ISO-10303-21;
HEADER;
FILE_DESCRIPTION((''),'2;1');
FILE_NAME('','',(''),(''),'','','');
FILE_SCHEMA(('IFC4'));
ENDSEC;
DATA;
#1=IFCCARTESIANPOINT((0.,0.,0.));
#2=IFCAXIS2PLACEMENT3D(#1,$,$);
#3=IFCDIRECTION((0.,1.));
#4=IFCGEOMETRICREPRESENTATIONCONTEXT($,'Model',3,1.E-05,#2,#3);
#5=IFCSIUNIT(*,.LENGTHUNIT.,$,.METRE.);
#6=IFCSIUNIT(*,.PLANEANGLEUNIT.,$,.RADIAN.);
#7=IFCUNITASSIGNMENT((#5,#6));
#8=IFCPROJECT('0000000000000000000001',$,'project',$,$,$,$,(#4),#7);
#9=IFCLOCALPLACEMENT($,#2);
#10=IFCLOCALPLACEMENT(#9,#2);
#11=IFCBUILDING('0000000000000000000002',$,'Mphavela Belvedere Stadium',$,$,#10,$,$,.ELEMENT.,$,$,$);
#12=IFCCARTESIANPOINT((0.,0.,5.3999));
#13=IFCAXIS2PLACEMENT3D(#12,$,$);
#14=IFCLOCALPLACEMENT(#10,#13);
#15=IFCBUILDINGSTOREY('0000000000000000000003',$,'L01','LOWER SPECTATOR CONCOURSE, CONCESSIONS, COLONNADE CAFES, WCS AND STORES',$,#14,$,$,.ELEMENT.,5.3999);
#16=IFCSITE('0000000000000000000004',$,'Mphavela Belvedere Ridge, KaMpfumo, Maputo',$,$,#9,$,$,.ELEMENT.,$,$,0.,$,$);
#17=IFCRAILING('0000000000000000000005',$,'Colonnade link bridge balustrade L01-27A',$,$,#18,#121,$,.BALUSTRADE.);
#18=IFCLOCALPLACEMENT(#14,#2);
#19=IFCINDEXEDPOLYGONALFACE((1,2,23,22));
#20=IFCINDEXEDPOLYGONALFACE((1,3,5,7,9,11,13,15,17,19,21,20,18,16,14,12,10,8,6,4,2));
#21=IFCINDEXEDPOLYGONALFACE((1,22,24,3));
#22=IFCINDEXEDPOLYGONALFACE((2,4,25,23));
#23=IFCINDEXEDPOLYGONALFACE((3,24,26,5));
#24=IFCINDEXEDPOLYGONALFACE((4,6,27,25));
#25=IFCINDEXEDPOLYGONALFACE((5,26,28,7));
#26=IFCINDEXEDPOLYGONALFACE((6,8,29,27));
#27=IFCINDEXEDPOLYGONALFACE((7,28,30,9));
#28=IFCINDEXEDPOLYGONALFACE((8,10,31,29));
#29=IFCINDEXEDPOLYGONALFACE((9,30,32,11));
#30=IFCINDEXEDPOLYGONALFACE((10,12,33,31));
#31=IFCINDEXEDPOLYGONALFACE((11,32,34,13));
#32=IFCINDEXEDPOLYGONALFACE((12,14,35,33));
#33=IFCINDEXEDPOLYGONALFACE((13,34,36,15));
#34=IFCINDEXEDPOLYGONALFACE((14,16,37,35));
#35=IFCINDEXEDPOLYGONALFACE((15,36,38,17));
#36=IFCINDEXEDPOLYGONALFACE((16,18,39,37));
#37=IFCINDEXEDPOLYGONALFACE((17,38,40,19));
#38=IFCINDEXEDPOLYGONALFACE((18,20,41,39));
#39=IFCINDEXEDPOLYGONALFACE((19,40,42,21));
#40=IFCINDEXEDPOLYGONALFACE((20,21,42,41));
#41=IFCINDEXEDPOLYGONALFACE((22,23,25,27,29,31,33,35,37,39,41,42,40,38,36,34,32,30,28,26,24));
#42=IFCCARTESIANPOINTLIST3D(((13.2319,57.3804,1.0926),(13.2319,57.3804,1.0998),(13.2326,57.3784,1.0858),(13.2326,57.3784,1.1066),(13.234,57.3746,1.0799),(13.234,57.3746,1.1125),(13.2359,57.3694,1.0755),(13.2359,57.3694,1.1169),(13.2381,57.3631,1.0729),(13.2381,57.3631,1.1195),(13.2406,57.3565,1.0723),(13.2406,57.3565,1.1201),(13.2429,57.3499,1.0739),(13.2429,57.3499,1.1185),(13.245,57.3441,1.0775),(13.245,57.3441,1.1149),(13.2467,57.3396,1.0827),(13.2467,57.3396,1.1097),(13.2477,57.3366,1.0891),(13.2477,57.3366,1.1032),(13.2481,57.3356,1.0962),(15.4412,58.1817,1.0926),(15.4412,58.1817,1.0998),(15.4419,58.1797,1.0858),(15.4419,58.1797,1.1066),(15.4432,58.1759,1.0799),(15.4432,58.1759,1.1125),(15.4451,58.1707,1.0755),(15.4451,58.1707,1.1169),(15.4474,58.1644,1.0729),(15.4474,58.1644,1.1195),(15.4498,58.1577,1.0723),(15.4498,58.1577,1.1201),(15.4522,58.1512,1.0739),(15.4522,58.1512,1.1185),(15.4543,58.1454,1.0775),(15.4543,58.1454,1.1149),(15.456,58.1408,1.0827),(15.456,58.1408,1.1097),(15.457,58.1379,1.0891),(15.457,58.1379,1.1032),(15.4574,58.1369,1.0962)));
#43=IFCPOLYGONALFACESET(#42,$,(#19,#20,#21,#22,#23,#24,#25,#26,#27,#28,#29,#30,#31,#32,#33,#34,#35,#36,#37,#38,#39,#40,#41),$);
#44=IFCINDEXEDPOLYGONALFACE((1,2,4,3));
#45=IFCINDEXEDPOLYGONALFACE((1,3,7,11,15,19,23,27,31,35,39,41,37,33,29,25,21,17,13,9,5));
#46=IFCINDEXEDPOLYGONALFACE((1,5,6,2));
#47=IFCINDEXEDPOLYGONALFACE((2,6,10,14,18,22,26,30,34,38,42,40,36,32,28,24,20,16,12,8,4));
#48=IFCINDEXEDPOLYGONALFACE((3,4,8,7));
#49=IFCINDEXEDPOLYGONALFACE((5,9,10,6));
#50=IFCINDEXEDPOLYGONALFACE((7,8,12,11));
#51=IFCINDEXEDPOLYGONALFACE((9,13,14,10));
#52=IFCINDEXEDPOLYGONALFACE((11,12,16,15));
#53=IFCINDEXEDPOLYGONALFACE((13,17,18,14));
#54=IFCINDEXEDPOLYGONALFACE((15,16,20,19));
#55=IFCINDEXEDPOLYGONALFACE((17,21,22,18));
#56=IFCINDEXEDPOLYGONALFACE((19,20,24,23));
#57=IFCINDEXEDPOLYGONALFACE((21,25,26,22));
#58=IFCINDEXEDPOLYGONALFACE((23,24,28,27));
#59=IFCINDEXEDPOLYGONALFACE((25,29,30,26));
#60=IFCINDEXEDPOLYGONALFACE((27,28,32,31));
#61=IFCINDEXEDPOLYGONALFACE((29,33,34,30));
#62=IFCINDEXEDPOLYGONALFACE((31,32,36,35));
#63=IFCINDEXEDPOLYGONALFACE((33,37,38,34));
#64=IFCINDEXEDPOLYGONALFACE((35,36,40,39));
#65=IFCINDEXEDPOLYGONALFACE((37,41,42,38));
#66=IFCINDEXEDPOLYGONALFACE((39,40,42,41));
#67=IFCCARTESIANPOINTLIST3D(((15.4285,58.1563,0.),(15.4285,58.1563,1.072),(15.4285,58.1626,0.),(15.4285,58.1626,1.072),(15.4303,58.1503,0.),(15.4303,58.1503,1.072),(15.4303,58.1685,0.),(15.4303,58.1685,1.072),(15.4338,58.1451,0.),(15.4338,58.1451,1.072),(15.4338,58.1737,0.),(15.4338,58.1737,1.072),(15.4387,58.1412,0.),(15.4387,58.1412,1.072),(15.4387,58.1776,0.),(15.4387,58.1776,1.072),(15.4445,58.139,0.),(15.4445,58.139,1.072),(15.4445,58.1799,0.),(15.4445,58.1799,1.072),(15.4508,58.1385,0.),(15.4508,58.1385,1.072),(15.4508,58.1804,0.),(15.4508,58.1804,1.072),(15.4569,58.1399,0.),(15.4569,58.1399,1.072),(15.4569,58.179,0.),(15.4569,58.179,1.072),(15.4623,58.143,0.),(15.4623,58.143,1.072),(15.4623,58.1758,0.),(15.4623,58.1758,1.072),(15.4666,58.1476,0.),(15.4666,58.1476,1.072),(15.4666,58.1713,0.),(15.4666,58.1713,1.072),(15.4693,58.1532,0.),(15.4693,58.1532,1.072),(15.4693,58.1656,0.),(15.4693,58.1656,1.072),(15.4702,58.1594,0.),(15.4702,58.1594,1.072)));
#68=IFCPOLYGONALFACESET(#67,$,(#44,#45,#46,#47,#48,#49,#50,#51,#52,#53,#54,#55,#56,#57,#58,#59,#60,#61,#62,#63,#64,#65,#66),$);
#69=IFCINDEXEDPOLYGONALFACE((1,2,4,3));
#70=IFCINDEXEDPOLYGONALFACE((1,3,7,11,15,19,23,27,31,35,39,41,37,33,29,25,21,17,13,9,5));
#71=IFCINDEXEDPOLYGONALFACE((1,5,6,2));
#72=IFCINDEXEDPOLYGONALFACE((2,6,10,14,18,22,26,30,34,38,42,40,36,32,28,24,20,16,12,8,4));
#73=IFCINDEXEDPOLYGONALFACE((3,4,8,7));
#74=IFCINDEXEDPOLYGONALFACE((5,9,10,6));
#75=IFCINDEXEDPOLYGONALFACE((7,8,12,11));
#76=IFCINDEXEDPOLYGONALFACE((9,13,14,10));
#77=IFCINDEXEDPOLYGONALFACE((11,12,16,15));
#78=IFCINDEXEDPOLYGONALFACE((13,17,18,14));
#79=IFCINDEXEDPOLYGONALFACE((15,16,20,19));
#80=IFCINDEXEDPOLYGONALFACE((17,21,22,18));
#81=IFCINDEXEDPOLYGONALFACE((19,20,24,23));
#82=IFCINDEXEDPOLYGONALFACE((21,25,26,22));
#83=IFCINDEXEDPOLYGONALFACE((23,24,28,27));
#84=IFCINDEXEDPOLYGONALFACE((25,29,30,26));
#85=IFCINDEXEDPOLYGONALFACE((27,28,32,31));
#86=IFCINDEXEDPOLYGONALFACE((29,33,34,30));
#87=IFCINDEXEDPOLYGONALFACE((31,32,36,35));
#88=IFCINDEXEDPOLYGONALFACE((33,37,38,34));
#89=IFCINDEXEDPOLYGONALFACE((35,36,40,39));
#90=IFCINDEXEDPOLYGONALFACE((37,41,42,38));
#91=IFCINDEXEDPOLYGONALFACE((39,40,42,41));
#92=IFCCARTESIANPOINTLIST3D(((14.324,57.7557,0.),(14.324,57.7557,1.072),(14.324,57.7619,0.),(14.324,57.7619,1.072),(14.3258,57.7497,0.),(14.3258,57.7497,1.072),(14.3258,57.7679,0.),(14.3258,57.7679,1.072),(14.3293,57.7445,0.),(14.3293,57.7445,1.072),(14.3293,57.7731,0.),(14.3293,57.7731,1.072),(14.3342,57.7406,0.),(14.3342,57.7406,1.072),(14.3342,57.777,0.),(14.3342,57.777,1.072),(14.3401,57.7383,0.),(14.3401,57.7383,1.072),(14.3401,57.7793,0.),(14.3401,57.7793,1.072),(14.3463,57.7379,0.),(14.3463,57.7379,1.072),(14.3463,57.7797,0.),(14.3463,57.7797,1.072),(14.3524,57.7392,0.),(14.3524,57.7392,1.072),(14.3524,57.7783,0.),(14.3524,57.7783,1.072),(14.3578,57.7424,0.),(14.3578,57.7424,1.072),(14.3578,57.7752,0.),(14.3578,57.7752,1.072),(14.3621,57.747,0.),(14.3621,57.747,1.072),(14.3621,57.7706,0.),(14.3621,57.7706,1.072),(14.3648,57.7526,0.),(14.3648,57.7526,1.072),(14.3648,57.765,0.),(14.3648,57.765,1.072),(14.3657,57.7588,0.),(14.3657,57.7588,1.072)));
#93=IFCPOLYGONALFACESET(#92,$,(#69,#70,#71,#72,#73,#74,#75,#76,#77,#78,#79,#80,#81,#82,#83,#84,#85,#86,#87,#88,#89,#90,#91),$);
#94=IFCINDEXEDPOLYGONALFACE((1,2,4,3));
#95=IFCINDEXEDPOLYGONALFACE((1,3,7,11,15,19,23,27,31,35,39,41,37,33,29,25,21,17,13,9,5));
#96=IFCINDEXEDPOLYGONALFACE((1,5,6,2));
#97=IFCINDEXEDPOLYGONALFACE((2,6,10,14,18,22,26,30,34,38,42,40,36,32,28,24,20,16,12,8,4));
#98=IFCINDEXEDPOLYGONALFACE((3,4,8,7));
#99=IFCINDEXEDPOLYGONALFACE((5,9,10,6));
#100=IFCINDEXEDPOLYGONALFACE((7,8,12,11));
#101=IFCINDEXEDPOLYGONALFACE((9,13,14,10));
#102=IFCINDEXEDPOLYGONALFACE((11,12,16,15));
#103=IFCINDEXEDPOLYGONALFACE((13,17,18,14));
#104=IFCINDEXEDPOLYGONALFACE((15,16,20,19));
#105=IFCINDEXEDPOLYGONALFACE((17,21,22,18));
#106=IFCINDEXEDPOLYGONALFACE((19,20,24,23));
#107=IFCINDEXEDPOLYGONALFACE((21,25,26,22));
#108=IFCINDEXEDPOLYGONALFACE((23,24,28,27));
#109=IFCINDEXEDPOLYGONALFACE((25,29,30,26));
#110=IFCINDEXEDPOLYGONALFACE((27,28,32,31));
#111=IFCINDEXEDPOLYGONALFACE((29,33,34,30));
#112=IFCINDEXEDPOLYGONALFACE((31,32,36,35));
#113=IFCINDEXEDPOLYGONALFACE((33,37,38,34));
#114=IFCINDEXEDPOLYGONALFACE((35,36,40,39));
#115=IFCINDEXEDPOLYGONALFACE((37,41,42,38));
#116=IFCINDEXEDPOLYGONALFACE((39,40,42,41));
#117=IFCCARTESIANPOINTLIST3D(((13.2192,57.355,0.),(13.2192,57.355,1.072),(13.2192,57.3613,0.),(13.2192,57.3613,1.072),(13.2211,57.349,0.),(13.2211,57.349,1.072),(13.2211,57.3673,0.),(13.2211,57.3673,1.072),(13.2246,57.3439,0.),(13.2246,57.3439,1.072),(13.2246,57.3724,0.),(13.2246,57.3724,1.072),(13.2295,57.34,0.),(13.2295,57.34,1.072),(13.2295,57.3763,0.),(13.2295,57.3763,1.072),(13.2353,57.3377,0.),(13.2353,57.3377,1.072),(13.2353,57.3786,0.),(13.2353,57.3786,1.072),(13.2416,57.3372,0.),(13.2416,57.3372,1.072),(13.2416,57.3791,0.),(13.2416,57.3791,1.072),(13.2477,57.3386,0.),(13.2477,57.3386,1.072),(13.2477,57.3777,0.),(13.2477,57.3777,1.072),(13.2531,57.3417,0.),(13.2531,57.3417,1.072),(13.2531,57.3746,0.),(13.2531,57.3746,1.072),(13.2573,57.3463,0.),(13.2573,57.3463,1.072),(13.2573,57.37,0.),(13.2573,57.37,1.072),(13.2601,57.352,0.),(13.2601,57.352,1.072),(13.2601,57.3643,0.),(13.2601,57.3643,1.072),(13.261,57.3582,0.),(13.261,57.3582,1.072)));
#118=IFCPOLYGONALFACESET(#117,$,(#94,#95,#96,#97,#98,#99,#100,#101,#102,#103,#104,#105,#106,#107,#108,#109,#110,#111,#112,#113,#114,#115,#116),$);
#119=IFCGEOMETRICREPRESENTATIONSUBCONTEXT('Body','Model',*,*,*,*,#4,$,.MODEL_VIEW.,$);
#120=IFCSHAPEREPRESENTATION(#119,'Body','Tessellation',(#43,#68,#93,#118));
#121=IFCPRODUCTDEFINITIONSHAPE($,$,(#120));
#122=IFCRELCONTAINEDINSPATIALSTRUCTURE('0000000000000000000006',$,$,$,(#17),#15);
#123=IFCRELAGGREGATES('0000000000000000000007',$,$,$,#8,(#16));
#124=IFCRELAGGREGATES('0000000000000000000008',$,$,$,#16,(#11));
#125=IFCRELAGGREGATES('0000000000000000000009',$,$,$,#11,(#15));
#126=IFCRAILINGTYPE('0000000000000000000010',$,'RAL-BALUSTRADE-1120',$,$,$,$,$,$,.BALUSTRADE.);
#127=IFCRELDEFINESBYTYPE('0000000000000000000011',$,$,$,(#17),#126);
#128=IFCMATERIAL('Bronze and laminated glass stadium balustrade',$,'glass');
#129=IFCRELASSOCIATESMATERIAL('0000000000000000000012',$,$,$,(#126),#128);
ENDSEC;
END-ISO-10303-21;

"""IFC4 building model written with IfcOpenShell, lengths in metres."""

from ifc_helpers import new_model, si_unit, direction, frame, origin, origin_2d, place, context, subcontext, project, spatial, circle, extrude, material, type_object, element, save


model = new_model("IFC4")

# Units and contexts
model_context = context("Model", 3, precision=1e-05, world=origin(), true_north=direction((0.0, 1.0)))
body_context = subcontext(model_context, "Body", "Model", "MODEL_VIEW")
ifc_project = project(units=[si_unit("LENGTHUNIT", "METRE"), si_unit("PLANEANGLEUNIT", "RADIAN")], contexts=[model_context])

# Site, building, storey
site_placement = place(None, origin())
site = spatial("IfcSite", under=ifc_project, at=site_placement, Name="Mphavela Belvedere Ridge, KaMpfumo, Maputo", CompositionType="ELEMENT", RefElevation=0.0)
building_placement = place(site_placement, origin())
building = spatial("IfcBuilding", under=site, at=building_placement, Name="Mphavela Belvedere Stadium", CompositionType="ELEMENT")
storey_placement = place(building_placement, frame((0.0, 0.0, 5.3999)))
storey = spatial("IfcBuildingStorey", under=building, at=storey_placement, Name="L01", Description="LOWER SPECTATOR CONCOURSE, CONCESSIONS, COLONNADE CAFES, WCS AND STORES", CompositionType="ELEMENT", Elevation=5.3999)

# Railing
ifc_material_1 = material(Name="Bronze and laminated glass stadium balustrade", Category="glass")
railing_type = type_object("IfcRailingType", Name="RAL-BALUSTRADE-1120", PredefinedType="BALUSTRADE", material=ifc_material_1)
railing_placement = place(storey_placement, frame((15.4492, 58.1594, 0.0)))
element("IfcRailing", 1, at=railing_placement, inside=storey, type_object=railing_type, Name="Colonnade link bridge balustrade L01-27A", PredefinedType="BALUSTRADE", context=body_context, shape_type="SweptSolid", body=[
    extrude(circle(Radius=0.0239, at=origin_2d()), frame((0.0, 0.0, 1.0962), z_axis=(-0.940078, -0.340959, 0.0), x_axis=(0.340959, -0.940078, 0.0)), (0.0, 0.0, 1.0), 2.3501),
    extrude(circle(Radius=0.021, at=origin_2d()), origin(), (0.0, 0.0, 1.0), 1.072),
    extrude(circle(Radius=0.021, at=origin_2d()), frame((-1.1045, -0.4006, 0.0)), (0.0, 0.0, 1.0), 1.072),
    extrude(circle(Radius=0.021, at=origin_2d()), frame((-2.2092, -0.8013, 0.0)), (0.0, 0.0, 1.0), 1.072),
])

save(model, "model.ifc")
